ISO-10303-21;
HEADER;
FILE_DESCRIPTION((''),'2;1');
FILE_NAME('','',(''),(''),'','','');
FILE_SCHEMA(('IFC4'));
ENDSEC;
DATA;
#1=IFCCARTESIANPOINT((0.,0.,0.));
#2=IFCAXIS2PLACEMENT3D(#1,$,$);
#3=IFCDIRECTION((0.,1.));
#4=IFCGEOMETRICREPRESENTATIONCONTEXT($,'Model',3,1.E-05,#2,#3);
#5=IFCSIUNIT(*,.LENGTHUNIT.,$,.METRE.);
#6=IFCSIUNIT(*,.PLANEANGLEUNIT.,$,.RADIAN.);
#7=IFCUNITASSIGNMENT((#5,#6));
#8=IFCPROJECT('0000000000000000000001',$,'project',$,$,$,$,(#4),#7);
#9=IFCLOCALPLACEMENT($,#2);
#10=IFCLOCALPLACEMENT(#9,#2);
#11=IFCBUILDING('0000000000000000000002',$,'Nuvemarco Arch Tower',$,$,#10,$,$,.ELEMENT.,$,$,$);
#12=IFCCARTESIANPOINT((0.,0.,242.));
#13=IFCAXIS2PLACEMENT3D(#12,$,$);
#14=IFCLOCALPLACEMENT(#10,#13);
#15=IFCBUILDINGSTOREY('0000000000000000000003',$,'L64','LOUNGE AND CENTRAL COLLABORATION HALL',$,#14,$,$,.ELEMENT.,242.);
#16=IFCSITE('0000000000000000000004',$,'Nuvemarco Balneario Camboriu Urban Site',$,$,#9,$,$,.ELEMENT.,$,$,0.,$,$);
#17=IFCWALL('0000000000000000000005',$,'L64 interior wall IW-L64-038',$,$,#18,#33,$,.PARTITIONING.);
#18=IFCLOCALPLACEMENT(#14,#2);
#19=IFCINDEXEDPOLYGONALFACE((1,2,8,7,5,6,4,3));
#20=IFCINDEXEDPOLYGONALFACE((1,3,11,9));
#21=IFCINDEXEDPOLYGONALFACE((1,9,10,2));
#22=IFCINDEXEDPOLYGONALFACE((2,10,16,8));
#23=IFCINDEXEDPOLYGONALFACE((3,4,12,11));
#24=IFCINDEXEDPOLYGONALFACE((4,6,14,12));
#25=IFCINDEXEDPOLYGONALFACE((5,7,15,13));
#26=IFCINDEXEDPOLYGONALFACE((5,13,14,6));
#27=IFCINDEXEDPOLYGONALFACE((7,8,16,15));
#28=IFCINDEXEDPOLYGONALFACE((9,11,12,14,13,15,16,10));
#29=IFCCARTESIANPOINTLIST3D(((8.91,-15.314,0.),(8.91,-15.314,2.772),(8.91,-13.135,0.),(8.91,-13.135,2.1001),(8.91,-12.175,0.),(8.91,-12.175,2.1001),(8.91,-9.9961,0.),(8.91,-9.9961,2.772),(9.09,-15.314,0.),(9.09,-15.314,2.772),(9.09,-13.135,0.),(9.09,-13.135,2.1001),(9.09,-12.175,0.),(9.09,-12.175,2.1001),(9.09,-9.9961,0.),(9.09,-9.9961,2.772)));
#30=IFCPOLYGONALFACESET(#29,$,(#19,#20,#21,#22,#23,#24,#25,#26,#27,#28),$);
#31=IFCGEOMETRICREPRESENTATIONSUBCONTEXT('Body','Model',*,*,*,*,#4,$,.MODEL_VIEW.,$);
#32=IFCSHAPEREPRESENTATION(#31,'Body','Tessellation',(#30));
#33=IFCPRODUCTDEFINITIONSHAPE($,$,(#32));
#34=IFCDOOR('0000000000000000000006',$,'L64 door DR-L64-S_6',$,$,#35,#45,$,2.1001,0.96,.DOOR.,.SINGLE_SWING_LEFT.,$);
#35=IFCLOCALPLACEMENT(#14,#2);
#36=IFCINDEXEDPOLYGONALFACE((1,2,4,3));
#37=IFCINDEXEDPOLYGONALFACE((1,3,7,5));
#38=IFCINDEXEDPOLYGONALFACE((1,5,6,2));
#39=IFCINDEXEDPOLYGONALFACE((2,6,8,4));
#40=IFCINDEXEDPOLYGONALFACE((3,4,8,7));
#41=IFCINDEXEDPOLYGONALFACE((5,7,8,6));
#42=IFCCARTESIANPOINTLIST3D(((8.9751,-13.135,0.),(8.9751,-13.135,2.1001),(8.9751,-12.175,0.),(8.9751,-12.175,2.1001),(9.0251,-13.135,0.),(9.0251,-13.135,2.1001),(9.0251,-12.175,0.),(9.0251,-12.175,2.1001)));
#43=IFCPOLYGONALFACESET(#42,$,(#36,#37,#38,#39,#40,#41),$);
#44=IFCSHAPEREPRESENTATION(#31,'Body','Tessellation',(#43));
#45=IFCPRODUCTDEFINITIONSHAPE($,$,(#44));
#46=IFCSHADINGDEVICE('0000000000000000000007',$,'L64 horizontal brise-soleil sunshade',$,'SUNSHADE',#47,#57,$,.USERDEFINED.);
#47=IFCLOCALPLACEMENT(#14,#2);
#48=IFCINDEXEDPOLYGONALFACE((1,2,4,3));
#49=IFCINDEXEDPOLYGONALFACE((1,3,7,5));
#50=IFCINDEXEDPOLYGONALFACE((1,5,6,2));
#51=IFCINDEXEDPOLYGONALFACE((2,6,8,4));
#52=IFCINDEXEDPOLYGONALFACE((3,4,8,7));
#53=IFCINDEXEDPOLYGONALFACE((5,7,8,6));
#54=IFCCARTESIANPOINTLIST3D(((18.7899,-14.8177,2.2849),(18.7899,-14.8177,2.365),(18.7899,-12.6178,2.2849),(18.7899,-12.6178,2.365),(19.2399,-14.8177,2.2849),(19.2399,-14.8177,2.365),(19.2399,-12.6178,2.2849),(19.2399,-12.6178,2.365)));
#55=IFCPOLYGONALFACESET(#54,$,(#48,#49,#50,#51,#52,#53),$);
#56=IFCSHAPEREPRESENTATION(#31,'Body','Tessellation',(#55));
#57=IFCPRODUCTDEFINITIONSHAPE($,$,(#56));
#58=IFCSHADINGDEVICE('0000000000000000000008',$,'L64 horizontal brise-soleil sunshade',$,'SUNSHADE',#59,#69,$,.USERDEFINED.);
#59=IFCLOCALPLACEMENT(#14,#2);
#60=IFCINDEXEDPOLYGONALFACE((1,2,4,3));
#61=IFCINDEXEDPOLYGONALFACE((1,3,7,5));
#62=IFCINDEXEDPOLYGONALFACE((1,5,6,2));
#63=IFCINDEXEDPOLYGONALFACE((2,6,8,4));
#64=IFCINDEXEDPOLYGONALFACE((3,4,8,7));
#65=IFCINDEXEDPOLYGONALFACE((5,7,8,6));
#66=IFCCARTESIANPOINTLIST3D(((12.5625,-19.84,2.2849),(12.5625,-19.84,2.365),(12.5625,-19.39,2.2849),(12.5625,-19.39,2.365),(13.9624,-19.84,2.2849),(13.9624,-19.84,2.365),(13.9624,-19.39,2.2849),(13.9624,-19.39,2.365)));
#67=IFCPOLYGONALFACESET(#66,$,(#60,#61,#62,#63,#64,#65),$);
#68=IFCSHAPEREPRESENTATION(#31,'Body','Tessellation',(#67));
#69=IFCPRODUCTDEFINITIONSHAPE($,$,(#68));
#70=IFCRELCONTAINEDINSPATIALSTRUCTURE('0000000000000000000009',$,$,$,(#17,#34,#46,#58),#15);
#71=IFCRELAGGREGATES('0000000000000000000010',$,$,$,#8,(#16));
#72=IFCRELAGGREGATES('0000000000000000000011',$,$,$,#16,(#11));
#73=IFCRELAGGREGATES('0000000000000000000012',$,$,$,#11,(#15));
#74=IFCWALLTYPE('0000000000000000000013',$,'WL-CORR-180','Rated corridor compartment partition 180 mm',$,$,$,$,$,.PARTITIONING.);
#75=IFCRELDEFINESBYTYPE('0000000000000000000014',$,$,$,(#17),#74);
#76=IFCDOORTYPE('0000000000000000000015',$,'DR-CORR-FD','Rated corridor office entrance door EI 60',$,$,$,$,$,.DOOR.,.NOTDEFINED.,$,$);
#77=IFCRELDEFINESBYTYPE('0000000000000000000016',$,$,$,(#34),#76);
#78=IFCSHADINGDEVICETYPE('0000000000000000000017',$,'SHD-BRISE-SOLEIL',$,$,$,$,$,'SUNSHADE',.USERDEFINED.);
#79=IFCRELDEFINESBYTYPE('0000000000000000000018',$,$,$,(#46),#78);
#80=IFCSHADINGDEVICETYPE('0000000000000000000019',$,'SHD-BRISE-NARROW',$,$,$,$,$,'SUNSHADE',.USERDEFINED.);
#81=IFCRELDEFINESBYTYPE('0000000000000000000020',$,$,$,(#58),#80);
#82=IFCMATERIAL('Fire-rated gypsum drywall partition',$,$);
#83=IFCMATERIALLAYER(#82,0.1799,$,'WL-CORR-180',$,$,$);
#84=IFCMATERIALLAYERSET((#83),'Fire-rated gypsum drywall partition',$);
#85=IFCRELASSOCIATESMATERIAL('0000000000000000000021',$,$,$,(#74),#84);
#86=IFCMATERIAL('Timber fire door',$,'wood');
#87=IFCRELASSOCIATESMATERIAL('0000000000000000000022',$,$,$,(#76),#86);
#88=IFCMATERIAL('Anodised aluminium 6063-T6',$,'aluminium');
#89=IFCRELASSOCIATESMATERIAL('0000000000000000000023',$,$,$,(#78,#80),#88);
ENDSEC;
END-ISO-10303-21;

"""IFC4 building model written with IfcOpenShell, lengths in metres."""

from ifc_helpers import new_model, si_unit, direction, frame, frame_2d, origin, origin_2d, place, context, subcontext, project, spatial, rectangle, extrude, source, transform, mapped, material, layer, layer_set, type_object, type_shapes, element, fill, save


model = new_model("IFC4")

# Units and contexts
model_context = context("Model", 3, precision=1e-05, world=origin(), true_north=direction((0.0, 1.0)))
body_context = subcontext(model_context, "Body", "Model", "MODEL_VIEW")
ifc_project = project(units=[si_unit("LENGTHUNIT", "METRE"), si_unit("PLANEANGLEUNIT", "RADIAN")], contexts=[model_context])

# Site, building, storey
site_placement = place(None, origin())
site = spatial("IfcSite", under=ifc_project, at=site_placement, Name="Nuvemarco Balneario Camboriu Urban Site", CompositionType="ELEMENT", RefElevation=0.0)
building_placement = place(site_placement, origin())
building = spatial("IfcBuilding", under=site, at=building_placement, Name="Nuvemarco Arch Tower", CompositionType="ELEMENT")
storey_placement = place(building_placement, frame((0.0, 0.0, 242.0)))
storey = spatial("IfcBuildingStorey", under=building, at=storey_placement, Name="L64", Description="LOUNGE AND CENTRAL COLLABORATION HALL", CompositionType="ELEMENT", Elevation=242.0)

# Wall, opening, door
ifc_material_1 = material(Name="Fire-rated gypsum drywall partition")
ifc_layer_1 = layer(ifc_material_1, 0.1799, Name="WL-CORR-180")
ifc_layer_set_1 = layer_set([ifc_layer_1], Name="Fire-rated gypsum drywall partition")
wall_type_1 = type_object("IfcWallType", Name="WL-CORR-180", Description="Rated corridor compartment partition 180 mm", PredefinedType="PARTITIONING", material=ifc_layer_set_1)
wall_1_placement = place(storey_placement, frame((9.0, -15.314, 0.0), z_axis=(0.0, 0.0, 1.0), x_axis=(0.0, 1.0, 0.0)))
wall_1 = element("IfcWall", 1, at=wall_1_placement, inside=storey, type_object=wall_type_1, Name="L64 interior wall IW-L64-038", PredefinedType="PARTITIONING", context=body_context, shape_type="SweptSolid", body=[
    extrude(rectangle(XDim=5.3179, YDim=0.1799, at=frame_2d((2.6589, 0.0))), origin(), (0.0, 0.0, 1.0), 2.772),
])
opening_1_placement = place(wall_1_placement, frame((2.179, 0.0, 0.0)))
opening_1 = element("IfcOpeningElement", 2, at=opening_1_placement, cuts=wall_1, PredefinedType="OPENING", context=body_context, shape_type="SweptSolid", body=[
    extrude(rectangle(XDim=0.96, YDim=2.1001, at=frame_2d((0.48, 1.05))), frame((0.0, 0.0999, 0.0), z_axis=(0.0, -1.0, 0.0), x_axis=(1.0, 0.0, 0.0)), (0.0, 0.0, 1.0), 0.2),
])
ifc_material_2 = material(Name="Timber fire door", Category="wood")
door_type = type_object("IfcDoorType", Name="DR-CORR-FD", Description="Rated corridor office entrance door EI 60", OperationType="NOTDEFINED", PredefinedType="DOOR", material=ifc_material_2)
shared_shape_1 = source(origin(), body_context, "Body", "SweptSolid", [
    extrude(rectangle(XDim=0.96, YDim=2.1001, at=frame_2d((0.48, 1.05))), frame((0.0, 0.0249, 0.0), z_axis=(0.0, -1.0, 0.0), x_axis=(1.0, 0.0, 0.0)), (0.0, 0.0, 1.0), 0.05),
])
type_shapes(door_type, [shared_shape_1])
door_placement = place(opening_1_placement, origin())
door = element("IfcDoor", 3, at=door_placement, inside=storey, type_object=door_type, Name="L64 door DR-L64-S_6", OperationType="SINGLE_SWING_LEFT", OverallHeight=2.1001, OverallWidth=0.96, PredefinedType="DOOR", context=body_context, shape_type="MappedRepresentation", body=[
    mapped(shared_shape_1, transform((0.0, 0.0, 0.0), scale=1.0)),
])
fill(opening_1, door)

# Shading devices
ifc_material_3 = material(Name="Anodised aluminium 6063-T6", Category="aluminium")
shading_device_type_1 = type_object("IfcShadingDeviceType", Name="SHD-BRISE-SOLEIL", ElementType="SUNSHADE", PredefinedType="USERDEFINED", material=ifc_material_3)
shared_shape_2 = source(origin(), body_context, "Body", "SweptSolid", [
    extrude(rectangle(XDim=2.2, YDim=0.45, at=origin_2d()), origin(), (0.0, 0.0, 1.0), 0.0801),
])
type_shapes(shading_device_type_1, [shared_shape_2])
shading_device_1_placement = place(storey_placement, frame((19.0149, -13.7178, 2.2849), z_axis=(0.0, 0.0, 1.0), x_axis=(0.0, 1.0, 0.0)))
element("IfcShadingDevice", 4, at=shading_device_1_placement, inside=storey, type_object=shading_device_type_1, Name="L64 horizontal brise-soleil sunshade", ObjectType="SUNSHADE", PredefinedType="USERDEFINED", context=body_context, shape_type="MappedRepresentation", body=[
    mapped(shared_shape_2, transform((0.0, 0.0, 0.0), scale=1.0)),
])
shading_device_type_2 = type_object("IfcShadingDeviceType", Name="SHD-BRISE-NARROW", ElementType="SUNSHADE", PredefinedType="USERDEFINED", material=ifc_material_3)
shared_shape_3 = source(origin(), body_context, "Body", "SweptSolid", [
    extrude(rectangle(XDim=1.3999, YDim=0.45, at=origin_2d()), origin(), (0.0, 0.0, 1.0), 0.0801),
])
type_shapes(shading_device_type_2, [shared_shape_3])
shading_device_2_placement = place(storey_placement, frame((13.2625, -19.615, 2.2849), z_axis=(0.0, 0.0, 1.0), x_axis=(1.0, 0.0, 0.0)))
element("IfcShadingDevice", 5, at=shading_device_2_placement, inside=storey, type_object=shading_device_type_2, Name="L64 horizontal brise-soleil sunshade", ObjectType="SUNSHADE", PredefinedType="USERDEFINED", context=body_context, shape_type="MappedRepresentation", body=[
    mapped(shared_shape_3, transform((0.0, 0.0, 0.0), scale=1.0)),
])

save(model, "model.ifc")
